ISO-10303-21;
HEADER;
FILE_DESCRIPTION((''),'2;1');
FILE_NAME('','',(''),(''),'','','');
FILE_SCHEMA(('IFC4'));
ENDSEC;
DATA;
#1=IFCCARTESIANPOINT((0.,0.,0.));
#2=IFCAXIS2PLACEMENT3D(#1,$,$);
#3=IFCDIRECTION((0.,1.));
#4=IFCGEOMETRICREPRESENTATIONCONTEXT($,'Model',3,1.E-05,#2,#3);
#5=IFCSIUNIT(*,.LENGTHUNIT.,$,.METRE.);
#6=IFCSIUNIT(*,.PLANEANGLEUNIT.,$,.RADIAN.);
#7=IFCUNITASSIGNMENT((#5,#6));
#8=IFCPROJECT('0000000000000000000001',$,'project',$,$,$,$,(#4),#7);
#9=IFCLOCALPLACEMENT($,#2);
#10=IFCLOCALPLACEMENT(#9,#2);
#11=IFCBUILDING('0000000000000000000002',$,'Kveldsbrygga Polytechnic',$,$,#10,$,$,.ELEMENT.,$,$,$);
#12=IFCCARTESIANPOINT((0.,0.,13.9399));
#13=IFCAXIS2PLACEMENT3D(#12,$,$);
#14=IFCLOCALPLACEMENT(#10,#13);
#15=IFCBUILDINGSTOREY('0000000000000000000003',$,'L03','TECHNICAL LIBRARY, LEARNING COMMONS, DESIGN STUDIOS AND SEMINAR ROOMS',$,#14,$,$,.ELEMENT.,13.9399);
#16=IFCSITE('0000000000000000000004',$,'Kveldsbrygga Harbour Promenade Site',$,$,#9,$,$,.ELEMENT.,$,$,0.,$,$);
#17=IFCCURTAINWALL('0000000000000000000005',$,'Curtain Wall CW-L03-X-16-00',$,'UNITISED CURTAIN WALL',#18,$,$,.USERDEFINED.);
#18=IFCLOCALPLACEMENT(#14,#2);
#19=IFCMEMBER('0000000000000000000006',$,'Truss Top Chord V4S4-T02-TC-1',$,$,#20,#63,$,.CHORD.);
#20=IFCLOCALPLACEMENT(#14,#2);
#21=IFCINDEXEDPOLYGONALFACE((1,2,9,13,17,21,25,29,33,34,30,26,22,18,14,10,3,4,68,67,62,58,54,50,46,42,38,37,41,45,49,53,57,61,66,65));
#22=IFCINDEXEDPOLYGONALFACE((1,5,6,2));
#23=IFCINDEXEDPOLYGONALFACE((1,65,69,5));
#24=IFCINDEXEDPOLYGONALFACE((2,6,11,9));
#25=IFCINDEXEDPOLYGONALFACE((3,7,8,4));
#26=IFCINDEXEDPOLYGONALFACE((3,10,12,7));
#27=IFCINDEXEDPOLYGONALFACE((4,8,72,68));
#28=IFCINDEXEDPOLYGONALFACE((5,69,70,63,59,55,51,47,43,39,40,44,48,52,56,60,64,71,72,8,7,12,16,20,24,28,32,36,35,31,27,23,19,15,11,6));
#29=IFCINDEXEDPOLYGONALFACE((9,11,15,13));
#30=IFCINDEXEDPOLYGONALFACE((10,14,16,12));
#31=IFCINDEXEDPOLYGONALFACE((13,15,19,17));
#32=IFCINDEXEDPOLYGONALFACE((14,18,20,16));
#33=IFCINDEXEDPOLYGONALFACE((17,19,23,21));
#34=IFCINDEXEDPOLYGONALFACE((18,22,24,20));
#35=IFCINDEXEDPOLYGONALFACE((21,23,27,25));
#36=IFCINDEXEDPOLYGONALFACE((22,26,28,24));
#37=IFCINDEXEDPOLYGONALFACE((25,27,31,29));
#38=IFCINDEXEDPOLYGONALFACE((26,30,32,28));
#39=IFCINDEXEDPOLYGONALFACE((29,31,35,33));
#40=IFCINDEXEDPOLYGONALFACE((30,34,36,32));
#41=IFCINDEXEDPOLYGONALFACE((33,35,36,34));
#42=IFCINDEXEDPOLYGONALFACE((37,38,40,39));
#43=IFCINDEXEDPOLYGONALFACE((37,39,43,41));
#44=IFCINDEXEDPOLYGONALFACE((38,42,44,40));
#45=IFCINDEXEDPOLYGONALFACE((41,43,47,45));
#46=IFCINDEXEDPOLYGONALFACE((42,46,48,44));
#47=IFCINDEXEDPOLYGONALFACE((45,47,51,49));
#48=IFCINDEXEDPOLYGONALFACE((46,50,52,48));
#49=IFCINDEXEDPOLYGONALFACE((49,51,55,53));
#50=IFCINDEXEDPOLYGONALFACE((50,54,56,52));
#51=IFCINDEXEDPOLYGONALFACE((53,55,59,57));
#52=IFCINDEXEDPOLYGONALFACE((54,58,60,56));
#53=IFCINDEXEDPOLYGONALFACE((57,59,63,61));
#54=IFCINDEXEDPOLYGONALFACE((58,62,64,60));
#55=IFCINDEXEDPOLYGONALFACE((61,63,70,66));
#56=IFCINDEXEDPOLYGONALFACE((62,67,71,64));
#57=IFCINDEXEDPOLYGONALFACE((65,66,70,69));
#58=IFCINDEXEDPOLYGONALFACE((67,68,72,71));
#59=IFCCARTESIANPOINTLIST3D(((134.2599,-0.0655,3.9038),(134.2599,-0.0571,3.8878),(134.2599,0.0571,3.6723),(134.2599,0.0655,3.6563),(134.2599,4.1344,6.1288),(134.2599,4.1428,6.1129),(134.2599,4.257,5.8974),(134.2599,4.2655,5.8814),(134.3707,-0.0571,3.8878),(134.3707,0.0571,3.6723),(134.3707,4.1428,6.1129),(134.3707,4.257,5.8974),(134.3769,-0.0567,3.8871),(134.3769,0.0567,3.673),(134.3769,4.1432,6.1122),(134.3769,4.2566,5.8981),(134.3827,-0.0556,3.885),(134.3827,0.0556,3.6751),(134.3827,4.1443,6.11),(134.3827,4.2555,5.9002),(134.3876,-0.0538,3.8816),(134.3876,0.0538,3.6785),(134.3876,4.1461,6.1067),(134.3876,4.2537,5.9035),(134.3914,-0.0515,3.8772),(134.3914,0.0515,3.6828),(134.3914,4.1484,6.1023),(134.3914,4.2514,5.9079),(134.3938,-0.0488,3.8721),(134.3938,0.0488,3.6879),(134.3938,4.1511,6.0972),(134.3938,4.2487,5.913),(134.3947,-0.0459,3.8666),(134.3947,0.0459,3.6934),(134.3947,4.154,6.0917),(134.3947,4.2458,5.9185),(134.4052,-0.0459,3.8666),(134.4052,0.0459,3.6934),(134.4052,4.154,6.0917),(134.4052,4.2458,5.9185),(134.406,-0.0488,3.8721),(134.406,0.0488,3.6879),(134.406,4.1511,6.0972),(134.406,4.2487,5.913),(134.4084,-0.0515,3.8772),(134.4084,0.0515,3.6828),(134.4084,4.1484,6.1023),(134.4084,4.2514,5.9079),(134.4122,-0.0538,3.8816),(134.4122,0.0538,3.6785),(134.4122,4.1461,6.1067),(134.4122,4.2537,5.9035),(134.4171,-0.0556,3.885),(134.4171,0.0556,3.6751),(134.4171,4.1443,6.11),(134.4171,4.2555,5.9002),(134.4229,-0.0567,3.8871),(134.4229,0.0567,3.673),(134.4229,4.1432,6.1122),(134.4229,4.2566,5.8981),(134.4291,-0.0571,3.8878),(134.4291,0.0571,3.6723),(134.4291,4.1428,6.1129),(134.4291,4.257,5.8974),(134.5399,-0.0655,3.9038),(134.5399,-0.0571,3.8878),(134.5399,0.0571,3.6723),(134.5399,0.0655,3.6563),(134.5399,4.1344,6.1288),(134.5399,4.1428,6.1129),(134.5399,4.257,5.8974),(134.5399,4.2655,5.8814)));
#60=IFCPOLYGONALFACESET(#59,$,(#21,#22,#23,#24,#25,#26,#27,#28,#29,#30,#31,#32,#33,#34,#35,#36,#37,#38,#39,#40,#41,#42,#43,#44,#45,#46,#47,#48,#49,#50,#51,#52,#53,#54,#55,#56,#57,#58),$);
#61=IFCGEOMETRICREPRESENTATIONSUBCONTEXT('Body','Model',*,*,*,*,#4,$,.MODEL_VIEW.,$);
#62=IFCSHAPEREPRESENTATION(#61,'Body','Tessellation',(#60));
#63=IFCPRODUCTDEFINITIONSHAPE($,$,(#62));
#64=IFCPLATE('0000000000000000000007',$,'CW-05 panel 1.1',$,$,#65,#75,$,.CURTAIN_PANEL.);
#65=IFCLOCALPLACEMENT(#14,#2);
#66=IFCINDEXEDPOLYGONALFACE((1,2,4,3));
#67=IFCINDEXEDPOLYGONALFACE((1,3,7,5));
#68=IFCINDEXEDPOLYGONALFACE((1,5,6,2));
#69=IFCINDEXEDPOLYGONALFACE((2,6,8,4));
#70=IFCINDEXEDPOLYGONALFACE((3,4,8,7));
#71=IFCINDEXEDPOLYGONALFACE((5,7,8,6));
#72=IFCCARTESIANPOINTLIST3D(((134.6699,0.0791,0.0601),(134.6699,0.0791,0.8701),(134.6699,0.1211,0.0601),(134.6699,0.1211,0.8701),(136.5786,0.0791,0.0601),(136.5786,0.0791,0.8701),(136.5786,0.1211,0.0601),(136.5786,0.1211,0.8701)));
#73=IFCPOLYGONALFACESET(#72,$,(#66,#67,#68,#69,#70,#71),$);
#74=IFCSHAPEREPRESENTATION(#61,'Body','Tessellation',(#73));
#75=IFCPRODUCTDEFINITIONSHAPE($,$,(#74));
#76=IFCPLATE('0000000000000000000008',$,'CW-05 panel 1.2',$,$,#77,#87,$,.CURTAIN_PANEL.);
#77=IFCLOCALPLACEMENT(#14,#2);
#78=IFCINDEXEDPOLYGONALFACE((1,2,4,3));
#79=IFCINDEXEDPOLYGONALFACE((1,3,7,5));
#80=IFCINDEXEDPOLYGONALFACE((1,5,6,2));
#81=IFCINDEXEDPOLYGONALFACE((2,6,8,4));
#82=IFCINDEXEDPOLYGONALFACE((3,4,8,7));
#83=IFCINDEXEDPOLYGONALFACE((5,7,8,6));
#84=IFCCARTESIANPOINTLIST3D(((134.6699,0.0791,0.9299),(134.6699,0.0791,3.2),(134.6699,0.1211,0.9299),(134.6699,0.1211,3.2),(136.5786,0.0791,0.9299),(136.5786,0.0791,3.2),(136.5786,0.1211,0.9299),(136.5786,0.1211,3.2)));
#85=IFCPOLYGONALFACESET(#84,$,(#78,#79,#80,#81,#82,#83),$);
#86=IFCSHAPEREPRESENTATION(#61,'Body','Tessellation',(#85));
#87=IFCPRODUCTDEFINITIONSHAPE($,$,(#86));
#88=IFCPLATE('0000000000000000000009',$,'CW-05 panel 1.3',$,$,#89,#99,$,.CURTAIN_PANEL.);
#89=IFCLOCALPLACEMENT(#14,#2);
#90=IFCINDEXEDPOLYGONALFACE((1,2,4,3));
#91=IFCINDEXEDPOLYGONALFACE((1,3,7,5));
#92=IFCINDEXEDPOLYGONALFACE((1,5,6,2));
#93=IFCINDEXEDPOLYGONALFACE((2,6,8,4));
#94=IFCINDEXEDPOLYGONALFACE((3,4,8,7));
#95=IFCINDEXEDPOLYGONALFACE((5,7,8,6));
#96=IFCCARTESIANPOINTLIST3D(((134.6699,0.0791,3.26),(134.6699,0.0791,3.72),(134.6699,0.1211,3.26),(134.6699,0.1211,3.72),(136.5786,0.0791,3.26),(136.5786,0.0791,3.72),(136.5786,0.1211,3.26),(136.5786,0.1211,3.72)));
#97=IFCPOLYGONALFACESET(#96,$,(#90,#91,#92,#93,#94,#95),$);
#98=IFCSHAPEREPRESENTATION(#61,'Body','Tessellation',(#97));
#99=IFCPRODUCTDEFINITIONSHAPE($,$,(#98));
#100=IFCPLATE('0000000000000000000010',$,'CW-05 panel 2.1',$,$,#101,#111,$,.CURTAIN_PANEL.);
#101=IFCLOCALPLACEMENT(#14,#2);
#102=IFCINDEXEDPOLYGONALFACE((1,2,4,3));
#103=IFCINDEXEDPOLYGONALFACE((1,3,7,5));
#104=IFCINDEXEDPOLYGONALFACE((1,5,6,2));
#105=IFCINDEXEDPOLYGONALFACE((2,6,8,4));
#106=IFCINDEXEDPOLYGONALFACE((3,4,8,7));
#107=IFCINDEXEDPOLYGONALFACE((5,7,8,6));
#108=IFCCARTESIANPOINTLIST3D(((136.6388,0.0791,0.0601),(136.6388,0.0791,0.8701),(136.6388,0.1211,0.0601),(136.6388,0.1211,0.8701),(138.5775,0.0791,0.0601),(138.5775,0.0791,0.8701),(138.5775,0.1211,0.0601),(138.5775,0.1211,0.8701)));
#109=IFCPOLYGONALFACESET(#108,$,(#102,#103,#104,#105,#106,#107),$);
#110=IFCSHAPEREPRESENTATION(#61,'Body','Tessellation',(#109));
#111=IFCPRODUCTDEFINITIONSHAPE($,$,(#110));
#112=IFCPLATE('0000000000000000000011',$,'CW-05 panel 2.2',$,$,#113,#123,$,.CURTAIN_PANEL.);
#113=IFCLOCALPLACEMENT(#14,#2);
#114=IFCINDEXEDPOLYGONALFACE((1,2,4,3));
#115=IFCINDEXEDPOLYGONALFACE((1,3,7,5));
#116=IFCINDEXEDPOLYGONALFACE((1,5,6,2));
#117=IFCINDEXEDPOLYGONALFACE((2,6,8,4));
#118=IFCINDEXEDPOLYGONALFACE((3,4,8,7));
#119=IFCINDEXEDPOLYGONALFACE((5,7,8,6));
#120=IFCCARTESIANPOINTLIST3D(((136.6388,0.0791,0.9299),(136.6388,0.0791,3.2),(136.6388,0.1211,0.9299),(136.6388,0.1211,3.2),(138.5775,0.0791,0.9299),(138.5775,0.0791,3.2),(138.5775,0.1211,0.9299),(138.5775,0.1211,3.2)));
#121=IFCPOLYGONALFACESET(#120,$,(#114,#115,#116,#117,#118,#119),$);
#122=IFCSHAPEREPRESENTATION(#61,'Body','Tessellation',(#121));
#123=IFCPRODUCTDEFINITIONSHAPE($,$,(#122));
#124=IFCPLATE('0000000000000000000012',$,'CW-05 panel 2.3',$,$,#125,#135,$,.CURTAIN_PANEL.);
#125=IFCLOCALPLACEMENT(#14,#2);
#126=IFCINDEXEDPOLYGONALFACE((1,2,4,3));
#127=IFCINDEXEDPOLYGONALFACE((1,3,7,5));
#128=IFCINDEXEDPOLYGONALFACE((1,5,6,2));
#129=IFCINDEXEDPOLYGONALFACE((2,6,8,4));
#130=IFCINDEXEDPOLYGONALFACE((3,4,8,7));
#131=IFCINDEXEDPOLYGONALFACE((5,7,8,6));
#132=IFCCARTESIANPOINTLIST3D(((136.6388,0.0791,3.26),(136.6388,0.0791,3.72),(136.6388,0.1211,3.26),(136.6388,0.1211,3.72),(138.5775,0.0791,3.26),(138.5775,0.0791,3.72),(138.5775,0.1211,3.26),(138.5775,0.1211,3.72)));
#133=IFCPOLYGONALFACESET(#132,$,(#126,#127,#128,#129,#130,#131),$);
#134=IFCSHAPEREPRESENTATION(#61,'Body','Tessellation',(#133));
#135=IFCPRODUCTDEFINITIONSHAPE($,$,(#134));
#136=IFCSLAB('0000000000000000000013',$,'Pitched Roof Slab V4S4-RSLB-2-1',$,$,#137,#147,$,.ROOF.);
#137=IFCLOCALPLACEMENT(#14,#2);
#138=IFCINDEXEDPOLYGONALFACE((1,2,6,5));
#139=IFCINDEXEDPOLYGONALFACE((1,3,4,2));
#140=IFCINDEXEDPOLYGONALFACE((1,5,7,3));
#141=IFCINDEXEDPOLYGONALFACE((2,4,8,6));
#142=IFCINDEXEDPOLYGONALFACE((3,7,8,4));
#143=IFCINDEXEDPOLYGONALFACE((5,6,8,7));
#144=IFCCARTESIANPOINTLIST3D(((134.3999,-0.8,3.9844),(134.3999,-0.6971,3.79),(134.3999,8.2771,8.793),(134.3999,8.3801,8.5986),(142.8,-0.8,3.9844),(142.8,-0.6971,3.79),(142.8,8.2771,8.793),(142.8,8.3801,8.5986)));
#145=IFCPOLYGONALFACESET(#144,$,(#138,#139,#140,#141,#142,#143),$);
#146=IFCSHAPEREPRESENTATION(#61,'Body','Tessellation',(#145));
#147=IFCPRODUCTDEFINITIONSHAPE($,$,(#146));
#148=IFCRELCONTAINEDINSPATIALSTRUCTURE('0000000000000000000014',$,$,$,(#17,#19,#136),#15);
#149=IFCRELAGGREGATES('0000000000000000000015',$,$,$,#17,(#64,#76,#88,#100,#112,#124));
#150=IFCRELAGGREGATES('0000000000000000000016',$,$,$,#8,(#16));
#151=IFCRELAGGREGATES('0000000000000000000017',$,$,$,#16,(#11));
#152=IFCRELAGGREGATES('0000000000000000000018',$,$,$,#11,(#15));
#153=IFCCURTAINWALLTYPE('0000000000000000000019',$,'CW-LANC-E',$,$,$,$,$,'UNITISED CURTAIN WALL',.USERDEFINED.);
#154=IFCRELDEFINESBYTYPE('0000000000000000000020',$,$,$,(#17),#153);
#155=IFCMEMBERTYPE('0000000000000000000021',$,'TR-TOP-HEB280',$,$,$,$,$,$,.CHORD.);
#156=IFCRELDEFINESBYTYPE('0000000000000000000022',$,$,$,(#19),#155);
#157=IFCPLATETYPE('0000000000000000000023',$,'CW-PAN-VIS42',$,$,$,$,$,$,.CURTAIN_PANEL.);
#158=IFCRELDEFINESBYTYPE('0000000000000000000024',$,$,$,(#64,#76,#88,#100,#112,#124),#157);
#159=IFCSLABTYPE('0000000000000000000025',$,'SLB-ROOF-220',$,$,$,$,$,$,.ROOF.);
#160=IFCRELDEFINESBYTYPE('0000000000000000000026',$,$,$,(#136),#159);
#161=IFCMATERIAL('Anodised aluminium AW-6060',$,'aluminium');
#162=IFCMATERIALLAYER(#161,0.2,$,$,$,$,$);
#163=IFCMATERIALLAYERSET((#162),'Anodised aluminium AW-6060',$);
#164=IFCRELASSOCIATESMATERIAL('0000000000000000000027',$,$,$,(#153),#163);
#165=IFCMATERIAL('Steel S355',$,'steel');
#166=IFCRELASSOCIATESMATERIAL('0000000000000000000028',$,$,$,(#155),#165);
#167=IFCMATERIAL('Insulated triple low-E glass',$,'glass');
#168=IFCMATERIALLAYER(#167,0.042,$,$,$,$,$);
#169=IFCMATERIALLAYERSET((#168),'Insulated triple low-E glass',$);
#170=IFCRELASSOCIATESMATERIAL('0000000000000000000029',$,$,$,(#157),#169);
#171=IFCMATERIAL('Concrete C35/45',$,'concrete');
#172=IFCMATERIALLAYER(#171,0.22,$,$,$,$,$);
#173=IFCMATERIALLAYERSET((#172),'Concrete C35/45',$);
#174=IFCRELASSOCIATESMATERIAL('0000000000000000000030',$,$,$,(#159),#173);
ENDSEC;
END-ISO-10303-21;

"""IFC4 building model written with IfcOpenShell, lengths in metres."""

from ifc_helpers import new_model, si_unit, direction, frame, origin, origin_2d, place, context, subcontext, project, spatial, polyline, rectangle, i_section, outline, extrude, material, layer, layer_set, material_profile, profile_set, type_object, element, aggregate, save


model = new_model("IFC4")

# Units and contexts
model_context = context("Model", 3, precision=1e-05, world=origin(), true_north=direction((0.0, 1.0)))
body_context = subcontext(model_context, "Body", "Model", "MODEL_VIEW")
ifc_project = project(units=[si_unit("LENGTHUNIT", "METRE"), si_unit("PLANEANGLEUNIT", "RADIAN")], contexts=[model_context])

# Site, building, storey
site_placement = place(None, origin())
site = spatial("IfcSite", under=ifc_project, at=site_placement, Name="Kveldsbrygga Harbour Promenade Site", CompositionType="ELEMENT", RefElevation=0.0)
building_placement = place(site_placement, origin())
building = spatial("IfcBuilding", under=site, at=building_placement, Name="Kveldsbrygga Polytechnic", CompositionType="ELEMENT")
storey_placement = place(building_placement, frame((0.0, 0.0, 13.9399)))
storey = spatial("IfcBuildingStorey", under=building, at=storey_placement, Name="L03", Description="TECHNICAL LIBRARY, LEARNING COMMONS, DESIGN STUDIOS AND SEMINAR ROOMS", CompositionType="ELEMENT", Elevation=13.9399)

# Curtain wall
ifc_material_1 = material(Name="Anodised aluminium AW-6060", Category="aluminium")
ifc_layer_1 = layer(ifc_material_1, 0.2)
ifc_layer_set_1 = layer_set([ifc_layer_1], Name="Anodised aluminium AW-6060")
curtain_wall_type = type_object("IfcCurtainWallType", Name="CW-LANC-E", ElementType="UNITISED CURTAIN WALL", PredefinedType="USERDEFINED", material=ifc_layer_set_1)
curtain_wall_placement = place(storey_placement, origin())
curtain_wall = element("IfcCurtainWall", 1, at=curtain_wall_placement, inside=storey, type_object=curtain_wall_type, Name="Curtain Wall CW-L03-X-16-00", ObjectType="UNITISED CURTAIN WALL", PredefinedType="USERDEFINED")

# Member
ifc_material_2 = material(Name="Steel S355", Category="steel")
ifc_material_profile_1 = material_profile(ifc_material_2, i_section(OverallWidth=0.28, OverallDepth=0.28, WebThickness=0.0105, FlangeThickness=0.0181, FilletRadius=0.0239, at=origin_2d()), Name="HEB 280")
ifc_profile_set_1 = profile_set([ifc_material_profile_1], Name="Steel S355")
member_type_1 = type_object("IfcMemberType", Name="TR-TOP-HEB280", PredefinedType="CHORD", material=ifc_profile_set_1)
member_1_placement = place(storey_placement, frame((134.3999, 0.0, 3.78), z_axis=(0.0, 0.883649, 0.46815), x_axis=(-1.0, 0.0, 0.0)))
element("IfcMember", 2, at=member_1_placement, inside=storey, type_object=member_type_1, Name="Truss Top Chord V4S4-T02-TC-1", PredefinedType="CHORD", context=body_context, shape_type="SweptSolid", body=[
    extrude(i_section(OverallWidth=0.28, OverallDepth=0.28, WebThickness=0.0105, FlangeThickness=0.0181, FilletRadius=0.0239, at=origin_2d()), origin(), (0.0, 0.0, 1.0), 4.7529),
])

# Plates
ifc_material_3 = material(Name="Insulated triple low-E glass", Category="glass")
ifc_layer_2 = layer(ifc_material_3, 0.042)
ifc_layer_set_2 = layer_set([ifc_layer_2], Name="Insulated triple low-E glass")
plate_type = type_object("IfcPlateType", Name="CW-PAN-VIS42", PredefinedType="CURTAIN_PANEL", material=ifc_layer_set_2)
plate_1_placement = place(storey_placement, frame((135.6243, 0.1001, 0.0601), z_axis=(0.0, 0.0, 1.0), x_axis=(1.0, 0.0, 0.0)))
plate_1 = element("IfcPlate", 3, at=plate_1_placement, type_object=plate_type, Name="CW-05 panel 1.1", PredefinedType="CURTAIN_PANEL", context=body_context, shape_type="SweptSolid", body=[
    extrude(rectangle(XDim=1.9087, YDim=0.042, at=origin_2d()), origin(), (0.0, 0.0, 1.0), 0.8101),
])
plate_2_placement = place(storey_placement, frame((135.6243, 0.1001, 0.9299), z_axis=(0.0, 0.0, 1.0), x_axis=(1.0, 0.0, 0.0)))
plate_2 = element("IfcPlate", 4, at=plate_2_placement, type_object=plate_type, Name="CW-05 panel 1.2", PredefinedType="CURTAIN_PANEL", context=body_context, shape_type="SweptSolid", body=[
    extrude(rectangle(XDim=1.9087, YDim=0.042, at=origin_2d()), origin(), (0.0, 0.0, 1.0), 2.27),
])
plate_3_placement = place(storey_placement, frame((135.6243, 0.1001, 3.26), z_axis=(0.0, 0.0, 1.0), x_axis=(1.0, 0.0, 0.0)))
plate_3 = element("IfcPlate", 5, at=plate_3_placement, type_object=plate_type, Name="CW-05 panel 1.3", PredefinedType="CURTAIN_PANEL", context=body_context, shape_type="SweptSolid", body=[
    extrude(rectangle(XDim=1.9087, YDim=0.042, at=origin_2d()), origin(), (0.0, 0.0, 1.0), 0.46),
])
plate_4_placement = place(storey_placement, frame((137.6082, 0.1001, 0.0601), z_axis=(0.0, 0.0, 1.0), x_axis=(1.0, 0.0, 0.0)))
plate_4 = element("IfcPlate", 6, at=plate_4_placement, type_object=plate_type, Name="CW-05 panel 2.1", PredefinedType="CURTAIN_PANEL", context=body_context, shape_type="SweptSolid", body=[
    extrude(rectangle(XDim=1.9387, YDim=0.042, at=origin_2d()), origin(), (0.0, 0.0, 1.0), 0.8101),
])
plate_5_placement = place(storey_placement, frame((137.6082, 0.1001, 0.9299), z_axis=(0.0, 0.0, 1.0), x_axis=(1.0, 0.0, 0.0)))
plate_5 = element("IfcPlate", 7, at=plate_5_placement, type_object=plate_type, Name="CW-05 panel 2.2", PredefinedType="CURTAIN_PANEL", context=body_context, shape_type="SweptSolid", body=[
    extrude(rectangle(XDim=1.9387, YDim=0.042, at=origin_2d()), origin(), (0.0, 0.0, 1.0), 2.27),
])
plate_6_placement = place(storey_placement, frame((137.6082, 0.1001, 3.26), z_axis=(0.0, 0.0, 1.0), x_axis=(1.0, 0.0, 0.0)))
plate_6 = element("IfcPlate", 8, at=plate_6_placement, type_object=plate_type, Name="CW-05 panel 2.3", PredefinedType="CURTAIN_PANEL", context=body_context, shape_type="SweptSolid", body=[
    extrude(rectangle(XDim=1.9387, YDim=0.042, at=origin_2d()), origin(), (0.0, 0.0, 1.0), 0.46),
])
aggregate(curtain_wall, [plate_1, plate_2, plate_3, plate_4, plate_5, plate_6])

# Slab
ifc_material_4 = material(Name="Concrete C35/45", Category="concrete")
ifc_layer_3 = layer(ifc_material_4, 0.22)
ifc_layer_set_3 = layer_set([ifc_layer_3], Name="Concrete C35/45")
slab_type = type_object("IfcSlabType", Name="SLB-ROOF-220", PredefinedType="ROOF", material=ifc_layer_set_3)
slab_placement = place(storey_placement, frame((134.3999, -0.8, 3.9844), z_axis=(0.0, -0.468119, 0.883665), x_axis=(1.0, 0.0, 0.0)))
element("IfcSlab", 9, at=slab_placement, inside=storey, type_object=slab_type, Name="Pitched Roof Slab V4S4-RSLB-2-1", PredefinedType="ROOF", context=body_context, shape_type="SweptSolid", body=[
    extrude(outline(polyline([(0.0, 0.0), (8.4001, 0.0), (8.4001, 10.2722), (0.0, 10.2722), (0.0, 0.0)])), origin(), (0.0, 0.0, -1.0), 0.22),
])

save(model, "model.ifc")
